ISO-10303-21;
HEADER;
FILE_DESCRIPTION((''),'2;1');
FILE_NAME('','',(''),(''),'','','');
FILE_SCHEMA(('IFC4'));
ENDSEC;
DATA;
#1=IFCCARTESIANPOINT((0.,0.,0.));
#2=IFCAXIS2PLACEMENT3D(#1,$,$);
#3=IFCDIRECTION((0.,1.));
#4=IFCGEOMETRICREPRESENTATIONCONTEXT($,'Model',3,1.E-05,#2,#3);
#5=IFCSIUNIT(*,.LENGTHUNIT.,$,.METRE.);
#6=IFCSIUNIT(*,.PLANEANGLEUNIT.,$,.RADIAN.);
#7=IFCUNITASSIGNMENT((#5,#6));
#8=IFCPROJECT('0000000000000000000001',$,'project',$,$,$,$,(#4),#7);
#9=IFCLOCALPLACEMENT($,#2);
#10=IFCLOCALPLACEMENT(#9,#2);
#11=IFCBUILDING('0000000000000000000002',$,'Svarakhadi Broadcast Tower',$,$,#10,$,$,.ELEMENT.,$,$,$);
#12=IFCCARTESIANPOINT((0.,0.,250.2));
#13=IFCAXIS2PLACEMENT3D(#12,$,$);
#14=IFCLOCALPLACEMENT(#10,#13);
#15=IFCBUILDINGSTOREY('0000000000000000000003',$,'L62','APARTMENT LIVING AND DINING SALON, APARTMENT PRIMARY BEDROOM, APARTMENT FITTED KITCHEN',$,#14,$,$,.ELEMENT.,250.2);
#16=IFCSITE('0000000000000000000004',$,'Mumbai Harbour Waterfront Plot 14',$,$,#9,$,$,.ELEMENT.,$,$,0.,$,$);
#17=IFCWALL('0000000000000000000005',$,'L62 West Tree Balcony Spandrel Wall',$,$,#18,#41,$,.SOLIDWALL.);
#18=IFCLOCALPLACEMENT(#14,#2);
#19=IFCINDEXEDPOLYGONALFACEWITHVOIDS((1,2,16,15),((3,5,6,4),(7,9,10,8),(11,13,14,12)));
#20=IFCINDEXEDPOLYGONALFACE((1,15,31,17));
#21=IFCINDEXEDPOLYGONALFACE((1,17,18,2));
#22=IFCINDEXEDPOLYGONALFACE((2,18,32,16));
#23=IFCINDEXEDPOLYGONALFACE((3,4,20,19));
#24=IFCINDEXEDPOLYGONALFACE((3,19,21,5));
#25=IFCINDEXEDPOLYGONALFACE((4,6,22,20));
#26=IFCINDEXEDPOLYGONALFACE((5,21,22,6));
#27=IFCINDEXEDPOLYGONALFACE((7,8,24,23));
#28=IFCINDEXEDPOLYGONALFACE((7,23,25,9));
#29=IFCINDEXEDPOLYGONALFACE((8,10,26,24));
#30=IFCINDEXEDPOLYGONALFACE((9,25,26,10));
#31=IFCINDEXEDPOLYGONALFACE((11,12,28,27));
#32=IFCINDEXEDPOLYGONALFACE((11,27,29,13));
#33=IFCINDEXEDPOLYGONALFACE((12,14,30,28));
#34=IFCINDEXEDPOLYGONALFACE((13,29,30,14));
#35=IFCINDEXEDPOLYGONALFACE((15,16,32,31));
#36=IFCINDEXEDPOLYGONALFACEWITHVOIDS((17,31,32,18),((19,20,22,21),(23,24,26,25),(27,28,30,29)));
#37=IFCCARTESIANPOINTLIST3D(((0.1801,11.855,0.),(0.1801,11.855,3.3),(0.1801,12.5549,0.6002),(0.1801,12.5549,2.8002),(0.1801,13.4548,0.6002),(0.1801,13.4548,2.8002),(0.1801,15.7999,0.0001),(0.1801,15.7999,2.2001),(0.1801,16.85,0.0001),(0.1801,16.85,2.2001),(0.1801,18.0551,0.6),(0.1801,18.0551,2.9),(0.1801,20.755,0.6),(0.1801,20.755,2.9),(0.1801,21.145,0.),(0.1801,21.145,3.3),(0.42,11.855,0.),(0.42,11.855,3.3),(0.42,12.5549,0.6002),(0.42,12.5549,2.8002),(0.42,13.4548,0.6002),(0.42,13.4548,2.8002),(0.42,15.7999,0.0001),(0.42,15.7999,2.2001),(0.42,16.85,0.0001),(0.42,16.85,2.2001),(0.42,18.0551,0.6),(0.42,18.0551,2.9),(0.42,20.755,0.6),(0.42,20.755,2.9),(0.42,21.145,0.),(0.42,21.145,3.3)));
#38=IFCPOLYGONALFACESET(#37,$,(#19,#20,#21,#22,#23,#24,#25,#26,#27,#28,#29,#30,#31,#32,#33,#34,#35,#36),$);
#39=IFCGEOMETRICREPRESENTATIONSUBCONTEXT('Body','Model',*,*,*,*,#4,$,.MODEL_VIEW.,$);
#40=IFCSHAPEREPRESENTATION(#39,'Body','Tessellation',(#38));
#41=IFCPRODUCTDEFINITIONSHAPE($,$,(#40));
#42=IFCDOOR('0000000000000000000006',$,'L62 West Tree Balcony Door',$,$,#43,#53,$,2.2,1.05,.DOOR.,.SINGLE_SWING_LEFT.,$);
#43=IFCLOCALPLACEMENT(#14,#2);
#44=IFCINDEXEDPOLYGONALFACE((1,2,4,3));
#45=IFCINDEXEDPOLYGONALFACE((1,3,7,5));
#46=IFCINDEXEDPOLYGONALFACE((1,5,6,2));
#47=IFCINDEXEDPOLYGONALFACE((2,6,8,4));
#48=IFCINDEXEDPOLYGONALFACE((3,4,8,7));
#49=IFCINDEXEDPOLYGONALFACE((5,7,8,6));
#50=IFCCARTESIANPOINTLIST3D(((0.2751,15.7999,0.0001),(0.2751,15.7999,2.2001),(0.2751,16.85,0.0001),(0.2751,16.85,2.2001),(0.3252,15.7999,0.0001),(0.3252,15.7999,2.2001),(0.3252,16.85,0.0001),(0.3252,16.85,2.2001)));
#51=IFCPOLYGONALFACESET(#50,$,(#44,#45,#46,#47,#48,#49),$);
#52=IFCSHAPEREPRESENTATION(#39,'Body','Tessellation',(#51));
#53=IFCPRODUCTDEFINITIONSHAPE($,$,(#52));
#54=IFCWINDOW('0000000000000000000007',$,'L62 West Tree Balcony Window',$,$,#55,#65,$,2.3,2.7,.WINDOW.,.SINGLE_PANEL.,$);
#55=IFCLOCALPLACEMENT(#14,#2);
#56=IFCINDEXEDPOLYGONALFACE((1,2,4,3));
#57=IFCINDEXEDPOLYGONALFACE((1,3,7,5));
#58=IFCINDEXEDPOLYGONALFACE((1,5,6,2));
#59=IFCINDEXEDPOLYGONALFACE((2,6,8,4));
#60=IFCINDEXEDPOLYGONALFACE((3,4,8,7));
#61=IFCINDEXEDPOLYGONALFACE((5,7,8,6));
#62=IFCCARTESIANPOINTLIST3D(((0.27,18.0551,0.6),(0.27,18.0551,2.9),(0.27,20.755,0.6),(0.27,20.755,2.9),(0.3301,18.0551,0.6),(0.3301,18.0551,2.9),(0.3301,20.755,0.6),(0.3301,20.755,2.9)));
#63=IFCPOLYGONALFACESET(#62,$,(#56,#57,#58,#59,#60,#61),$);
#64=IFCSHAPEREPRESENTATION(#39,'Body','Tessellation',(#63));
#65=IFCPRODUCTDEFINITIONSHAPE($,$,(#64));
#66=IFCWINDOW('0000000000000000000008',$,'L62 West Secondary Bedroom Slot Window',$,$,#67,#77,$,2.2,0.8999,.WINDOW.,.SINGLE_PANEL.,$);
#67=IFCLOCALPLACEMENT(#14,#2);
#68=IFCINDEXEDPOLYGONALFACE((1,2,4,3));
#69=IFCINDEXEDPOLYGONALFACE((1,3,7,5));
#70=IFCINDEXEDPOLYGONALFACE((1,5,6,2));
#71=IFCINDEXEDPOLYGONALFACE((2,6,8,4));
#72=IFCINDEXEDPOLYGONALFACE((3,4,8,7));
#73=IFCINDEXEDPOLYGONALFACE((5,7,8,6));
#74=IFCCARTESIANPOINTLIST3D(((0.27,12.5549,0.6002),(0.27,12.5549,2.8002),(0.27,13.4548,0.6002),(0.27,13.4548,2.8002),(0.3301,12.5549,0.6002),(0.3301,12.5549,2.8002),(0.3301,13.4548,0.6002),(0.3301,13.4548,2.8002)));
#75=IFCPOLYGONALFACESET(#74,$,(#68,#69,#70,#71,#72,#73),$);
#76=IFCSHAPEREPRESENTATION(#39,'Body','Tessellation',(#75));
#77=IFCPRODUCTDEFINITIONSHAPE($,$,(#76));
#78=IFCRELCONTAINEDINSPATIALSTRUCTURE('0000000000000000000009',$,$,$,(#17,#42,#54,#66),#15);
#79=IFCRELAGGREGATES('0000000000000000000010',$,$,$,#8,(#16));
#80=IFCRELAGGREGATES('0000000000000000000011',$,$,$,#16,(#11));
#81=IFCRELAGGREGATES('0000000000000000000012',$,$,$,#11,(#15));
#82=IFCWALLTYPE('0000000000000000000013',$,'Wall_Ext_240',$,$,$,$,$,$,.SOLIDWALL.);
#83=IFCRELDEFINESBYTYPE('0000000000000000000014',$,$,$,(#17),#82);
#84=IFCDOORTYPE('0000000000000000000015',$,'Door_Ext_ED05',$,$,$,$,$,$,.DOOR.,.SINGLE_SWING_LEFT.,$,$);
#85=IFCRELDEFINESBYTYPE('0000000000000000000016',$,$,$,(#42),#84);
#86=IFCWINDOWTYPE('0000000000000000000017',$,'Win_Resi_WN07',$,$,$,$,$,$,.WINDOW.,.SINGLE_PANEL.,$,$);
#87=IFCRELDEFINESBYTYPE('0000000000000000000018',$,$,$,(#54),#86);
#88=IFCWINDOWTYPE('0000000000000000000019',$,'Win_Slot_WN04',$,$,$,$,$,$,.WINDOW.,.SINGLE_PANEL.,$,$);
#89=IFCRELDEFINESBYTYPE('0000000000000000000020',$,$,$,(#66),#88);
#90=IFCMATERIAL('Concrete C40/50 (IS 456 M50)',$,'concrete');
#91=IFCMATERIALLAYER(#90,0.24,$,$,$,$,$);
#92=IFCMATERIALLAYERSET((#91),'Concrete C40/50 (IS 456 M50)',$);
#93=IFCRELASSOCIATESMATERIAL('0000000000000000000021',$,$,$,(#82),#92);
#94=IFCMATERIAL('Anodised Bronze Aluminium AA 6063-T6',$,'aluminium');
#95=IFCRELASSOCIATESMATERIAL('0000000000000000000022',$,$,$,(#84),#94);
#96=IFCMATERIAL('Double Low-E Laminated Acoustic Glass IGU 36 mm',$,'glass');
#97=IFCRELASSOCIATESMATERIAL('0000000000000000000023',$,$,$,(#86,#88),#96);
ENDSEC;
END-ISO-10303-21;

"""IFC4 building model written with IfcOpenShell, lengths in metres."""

from ifc_helpers import new_model, si_unit, direction, frame, frame_2d, origin, place, context, subcontext, project, spatial, rectangle, extrude, material, layer, layer_set, type_object, element, fill, save


model = new_model("IFC4")

# Units and contexts
model_context = context("Model", 3, precision=1e-05, world=origin(), true_north=direction((0.0, 1.0)))
body_context = subcontext(model_context, "Body", "Model", "MODEL_VIEW")
ifc_project = project(units=[si_unit("LENGTHUNIT", "METRE"), si_unit("PLANEANGLEUNIT", "RADIAN")], contexts=[model_context])

# Site, building, storey
site_placement = place(None, origin())
site = spatial("IfcSite", under=ifc_project, at=site_placement, Name="Mumbai Harbour Waterfront Plot 14", CompositionType="ELEMENT", RefElevation=0.0)
building_placement = place(site_placement, origin())
building = spatial("IfcBuilding", under=site, at=building_placement, Name="Svarakhadi Broadcast Tower", CompositionType="ELEMENT")
storey_placement = place(building_placement, frame((0.0, 0.0, 250.2)))
storey = spatial("IfcBuildingStorey", under=building, at=storey_placement, Name="L62", Description="APARTMENT LIVING AND DINING SALON, APARTMENT PRIMARY BEDROOM, APARTMENT FITTED KITCHEN", CompositionType="ELEMENT", Elevation=250.2)

# Shared definitions
ifc_material_1 = material(Name="Anodised Bronze Aluminium AA 6063-T6", Category="aluminium")

# Shared definitions
ifc_material_2 = material(Name="Double Low-E Laminated Acoustic Glass IGU 36 mm", Category="glass")

# Wall, openings, door, windows
ifc_material_3 = material(Name="Concrete C40/50 (IS 456 M50)", Category="concrete")
ifc_layer_1 = layer(ifc_material_3, 0.24)
ifc_layer_set_1 = layer_set([ifc_layer_1], Name="Concrete C40/50 (IS 456 M50)")
wall_type = type_object("IfcWallType", Name="Wall_Ext_240", PredefinedType="SOLIDWALL", material=ifc_layer_set_1)
wall_placement = place(storey_placement, frame((0.3, 11.855, 0.0), z_axis=(0.0, 0.0, 1.0), x_axis=(0.0, 1.0, 0.0)))
wall = element("IfcWall", 1, at=wall_placement, inside=storey, type_object=wall_type, Name="L62 West Tree Balcony Spandrel Wall", PredefinedType="SOLIDWALL", context=body_context, shape_type="SweptSolid", body=[
    extrude(rectangle(XDim=9.29, YDim=0.24, at=frame_2d((4.645, 0.0))), origin(), (0.0, 0.0, 1.0), 3.3),
])
opening_1_placement = place(wall_placement, frame((3.9451, 0.0, 0.0)))
opening_1 = element("IfcOpeningElement", 2, at=opening_1_placement, cuts=wall, PredefinedType="OPENING", context=body_context, shape_type="SweptSolid", body=[
    extrude(rectangle(XDim=1.05, YDim=2.2, at=frame_2d((0.5249, 1.1001))), frame((0.0, 0.1299, 0.0), z_axis=(0.0, -1.0, 0.0), x_axis=(1.0, 0.0, 0.0)), (0.0, 0.0, 1.0), 0.26),
])
opening_2_placement = place(wall_placement, frame((6.2, 0.0, 0.6001)))
opening_2 = element("IfcOpeningElement", 3, at=opening_2_placement, cuts=wall, PredefinedType="OPENING", context=body_context, shape_type="SweptSolid", body=[
    extrude(rectangle(XDim=2.7, YDim=2.3, at=frame_2d((1.3501, 1.1499))), frame((0.0, 0.1299, 0.0), z_axis=(0.0, -1.0, 0.0), x_axis=(1.0, 0.0, 0.0)), (0.0, 0.0, 1.0), 0.26),
])
opening_3_placement = place(wall_placement, frame((0.7, 0.0, 0.6001)))
opening_3 = element("IfcOpeningElement", 4, at=opening_3_placement, cuts=wall, PredefinedType="OPENING", context=body_context, shape_type="SweptSolid", body=[
    extrude(rectangle(XDim=0.8999, YDim=2.2, at=frame_2d((0.45, 1.1001))), frame((0.0, 0.1299, 0.0), z_axis=(0.0, -1.0, 0.0), x_axis=(1.0, 0.0, 0.0)), (0.0, 0.0, 1.0), 0.26),
])
door_type = type_object("IfcDoorType", Name="Door_Ext_ED05", OperationType="SINGLE_SWING_LEFT", PredefinedType="DOOR", material=ifc_material_1)
door_placement = place(opening_1_placement, origin())
door = element("IfcDoor", 5, at=door_placement, inside=storey, type_object=door_type, Name="L62 West Tree Balcony Door", OperationType="SINGLE_SWING_LEFT", OverallHeight=2.2, OverallWidth=1.05, PredefinedType="DOOR", context=body_context, shape_type="SweptSolid", body=[
    extrude(rectangle(XDim=1.05, YDim=2.2, at=frame_2d((0.5249, 1.1001))), frame((0.0, 0.0249, 0.0), z_axis=(0.0, -1.0, 0.0), x_axis=(1.0, 0.0, 0.0)), (0.0, 0.0, 1.0), 0.05),
])
fill(opening_1, door)
window_type_1 = type_object("IfcWindowType", Name="Win_Resi_WN07", PartitioningType="SINGLE_PANEL", PredefinedType="WINDOW", material=ifc_material_2)
window_1_placement = place(opening_2_placement, origin())
window_1 = element("IfcWindow", 6, at=window_1_placement, inside=storey, type_object=window_type_1, Name="L62 West Tree Balcony Window", OverallHeight=2.3, OverallWidth=2.7, PartitioningType="SINGLE_PANEL", PredefinedType="WINDOW", context=body_context, shape_type="SweptSolid", body=[
    extrude(rectangle(XDim=2.7, YDim=2.3, at=frame_2d((1.3501, 1.1499))), frame((0.0, 0.03, 0.0), z_axis=(0.0, -1.0, 0.0), x_axis=(1.0, 0.0, 0.0)), (0.0, 0.0, 1.0), 0.0601),
])
fill(opening_2, window_1)
window_type_2 = type_object("IfcWindowType", Name="Win_Slot_WN04", PartitioningType="SINGLE_PANEL", PredefinedType="WINDOW", material=ifc_material_2)
window_2_placement = place(opening_3_placement, origin())
window_2 = element("IfcWindow", 7, at=window_2_placement, inside=storey, type_object=window_type_2, Name="L62 West Secondary Bedroom Slot Window", OverallHeight=2.2, OverallWidth=0.8999, PartitioningType="SINGLE_PANEL", PredefinedType="WINDOW", context=body_context, shape_type="SweptSolid", body=[
    extrude(rectangle(XDim=0.8999, YDim=2.2, at=frame_2d((0.45, 1.1001))), frame((0.0, 0.03, 0.0), z_axis=(0.0, -1.0, 0.0), x_axis=(1.0, 0.0, 0.0)), (0.0, 0.0, 1.0), 0.0601),
])
fill(opening_3, window_2)

save(model, "model.ifc")
